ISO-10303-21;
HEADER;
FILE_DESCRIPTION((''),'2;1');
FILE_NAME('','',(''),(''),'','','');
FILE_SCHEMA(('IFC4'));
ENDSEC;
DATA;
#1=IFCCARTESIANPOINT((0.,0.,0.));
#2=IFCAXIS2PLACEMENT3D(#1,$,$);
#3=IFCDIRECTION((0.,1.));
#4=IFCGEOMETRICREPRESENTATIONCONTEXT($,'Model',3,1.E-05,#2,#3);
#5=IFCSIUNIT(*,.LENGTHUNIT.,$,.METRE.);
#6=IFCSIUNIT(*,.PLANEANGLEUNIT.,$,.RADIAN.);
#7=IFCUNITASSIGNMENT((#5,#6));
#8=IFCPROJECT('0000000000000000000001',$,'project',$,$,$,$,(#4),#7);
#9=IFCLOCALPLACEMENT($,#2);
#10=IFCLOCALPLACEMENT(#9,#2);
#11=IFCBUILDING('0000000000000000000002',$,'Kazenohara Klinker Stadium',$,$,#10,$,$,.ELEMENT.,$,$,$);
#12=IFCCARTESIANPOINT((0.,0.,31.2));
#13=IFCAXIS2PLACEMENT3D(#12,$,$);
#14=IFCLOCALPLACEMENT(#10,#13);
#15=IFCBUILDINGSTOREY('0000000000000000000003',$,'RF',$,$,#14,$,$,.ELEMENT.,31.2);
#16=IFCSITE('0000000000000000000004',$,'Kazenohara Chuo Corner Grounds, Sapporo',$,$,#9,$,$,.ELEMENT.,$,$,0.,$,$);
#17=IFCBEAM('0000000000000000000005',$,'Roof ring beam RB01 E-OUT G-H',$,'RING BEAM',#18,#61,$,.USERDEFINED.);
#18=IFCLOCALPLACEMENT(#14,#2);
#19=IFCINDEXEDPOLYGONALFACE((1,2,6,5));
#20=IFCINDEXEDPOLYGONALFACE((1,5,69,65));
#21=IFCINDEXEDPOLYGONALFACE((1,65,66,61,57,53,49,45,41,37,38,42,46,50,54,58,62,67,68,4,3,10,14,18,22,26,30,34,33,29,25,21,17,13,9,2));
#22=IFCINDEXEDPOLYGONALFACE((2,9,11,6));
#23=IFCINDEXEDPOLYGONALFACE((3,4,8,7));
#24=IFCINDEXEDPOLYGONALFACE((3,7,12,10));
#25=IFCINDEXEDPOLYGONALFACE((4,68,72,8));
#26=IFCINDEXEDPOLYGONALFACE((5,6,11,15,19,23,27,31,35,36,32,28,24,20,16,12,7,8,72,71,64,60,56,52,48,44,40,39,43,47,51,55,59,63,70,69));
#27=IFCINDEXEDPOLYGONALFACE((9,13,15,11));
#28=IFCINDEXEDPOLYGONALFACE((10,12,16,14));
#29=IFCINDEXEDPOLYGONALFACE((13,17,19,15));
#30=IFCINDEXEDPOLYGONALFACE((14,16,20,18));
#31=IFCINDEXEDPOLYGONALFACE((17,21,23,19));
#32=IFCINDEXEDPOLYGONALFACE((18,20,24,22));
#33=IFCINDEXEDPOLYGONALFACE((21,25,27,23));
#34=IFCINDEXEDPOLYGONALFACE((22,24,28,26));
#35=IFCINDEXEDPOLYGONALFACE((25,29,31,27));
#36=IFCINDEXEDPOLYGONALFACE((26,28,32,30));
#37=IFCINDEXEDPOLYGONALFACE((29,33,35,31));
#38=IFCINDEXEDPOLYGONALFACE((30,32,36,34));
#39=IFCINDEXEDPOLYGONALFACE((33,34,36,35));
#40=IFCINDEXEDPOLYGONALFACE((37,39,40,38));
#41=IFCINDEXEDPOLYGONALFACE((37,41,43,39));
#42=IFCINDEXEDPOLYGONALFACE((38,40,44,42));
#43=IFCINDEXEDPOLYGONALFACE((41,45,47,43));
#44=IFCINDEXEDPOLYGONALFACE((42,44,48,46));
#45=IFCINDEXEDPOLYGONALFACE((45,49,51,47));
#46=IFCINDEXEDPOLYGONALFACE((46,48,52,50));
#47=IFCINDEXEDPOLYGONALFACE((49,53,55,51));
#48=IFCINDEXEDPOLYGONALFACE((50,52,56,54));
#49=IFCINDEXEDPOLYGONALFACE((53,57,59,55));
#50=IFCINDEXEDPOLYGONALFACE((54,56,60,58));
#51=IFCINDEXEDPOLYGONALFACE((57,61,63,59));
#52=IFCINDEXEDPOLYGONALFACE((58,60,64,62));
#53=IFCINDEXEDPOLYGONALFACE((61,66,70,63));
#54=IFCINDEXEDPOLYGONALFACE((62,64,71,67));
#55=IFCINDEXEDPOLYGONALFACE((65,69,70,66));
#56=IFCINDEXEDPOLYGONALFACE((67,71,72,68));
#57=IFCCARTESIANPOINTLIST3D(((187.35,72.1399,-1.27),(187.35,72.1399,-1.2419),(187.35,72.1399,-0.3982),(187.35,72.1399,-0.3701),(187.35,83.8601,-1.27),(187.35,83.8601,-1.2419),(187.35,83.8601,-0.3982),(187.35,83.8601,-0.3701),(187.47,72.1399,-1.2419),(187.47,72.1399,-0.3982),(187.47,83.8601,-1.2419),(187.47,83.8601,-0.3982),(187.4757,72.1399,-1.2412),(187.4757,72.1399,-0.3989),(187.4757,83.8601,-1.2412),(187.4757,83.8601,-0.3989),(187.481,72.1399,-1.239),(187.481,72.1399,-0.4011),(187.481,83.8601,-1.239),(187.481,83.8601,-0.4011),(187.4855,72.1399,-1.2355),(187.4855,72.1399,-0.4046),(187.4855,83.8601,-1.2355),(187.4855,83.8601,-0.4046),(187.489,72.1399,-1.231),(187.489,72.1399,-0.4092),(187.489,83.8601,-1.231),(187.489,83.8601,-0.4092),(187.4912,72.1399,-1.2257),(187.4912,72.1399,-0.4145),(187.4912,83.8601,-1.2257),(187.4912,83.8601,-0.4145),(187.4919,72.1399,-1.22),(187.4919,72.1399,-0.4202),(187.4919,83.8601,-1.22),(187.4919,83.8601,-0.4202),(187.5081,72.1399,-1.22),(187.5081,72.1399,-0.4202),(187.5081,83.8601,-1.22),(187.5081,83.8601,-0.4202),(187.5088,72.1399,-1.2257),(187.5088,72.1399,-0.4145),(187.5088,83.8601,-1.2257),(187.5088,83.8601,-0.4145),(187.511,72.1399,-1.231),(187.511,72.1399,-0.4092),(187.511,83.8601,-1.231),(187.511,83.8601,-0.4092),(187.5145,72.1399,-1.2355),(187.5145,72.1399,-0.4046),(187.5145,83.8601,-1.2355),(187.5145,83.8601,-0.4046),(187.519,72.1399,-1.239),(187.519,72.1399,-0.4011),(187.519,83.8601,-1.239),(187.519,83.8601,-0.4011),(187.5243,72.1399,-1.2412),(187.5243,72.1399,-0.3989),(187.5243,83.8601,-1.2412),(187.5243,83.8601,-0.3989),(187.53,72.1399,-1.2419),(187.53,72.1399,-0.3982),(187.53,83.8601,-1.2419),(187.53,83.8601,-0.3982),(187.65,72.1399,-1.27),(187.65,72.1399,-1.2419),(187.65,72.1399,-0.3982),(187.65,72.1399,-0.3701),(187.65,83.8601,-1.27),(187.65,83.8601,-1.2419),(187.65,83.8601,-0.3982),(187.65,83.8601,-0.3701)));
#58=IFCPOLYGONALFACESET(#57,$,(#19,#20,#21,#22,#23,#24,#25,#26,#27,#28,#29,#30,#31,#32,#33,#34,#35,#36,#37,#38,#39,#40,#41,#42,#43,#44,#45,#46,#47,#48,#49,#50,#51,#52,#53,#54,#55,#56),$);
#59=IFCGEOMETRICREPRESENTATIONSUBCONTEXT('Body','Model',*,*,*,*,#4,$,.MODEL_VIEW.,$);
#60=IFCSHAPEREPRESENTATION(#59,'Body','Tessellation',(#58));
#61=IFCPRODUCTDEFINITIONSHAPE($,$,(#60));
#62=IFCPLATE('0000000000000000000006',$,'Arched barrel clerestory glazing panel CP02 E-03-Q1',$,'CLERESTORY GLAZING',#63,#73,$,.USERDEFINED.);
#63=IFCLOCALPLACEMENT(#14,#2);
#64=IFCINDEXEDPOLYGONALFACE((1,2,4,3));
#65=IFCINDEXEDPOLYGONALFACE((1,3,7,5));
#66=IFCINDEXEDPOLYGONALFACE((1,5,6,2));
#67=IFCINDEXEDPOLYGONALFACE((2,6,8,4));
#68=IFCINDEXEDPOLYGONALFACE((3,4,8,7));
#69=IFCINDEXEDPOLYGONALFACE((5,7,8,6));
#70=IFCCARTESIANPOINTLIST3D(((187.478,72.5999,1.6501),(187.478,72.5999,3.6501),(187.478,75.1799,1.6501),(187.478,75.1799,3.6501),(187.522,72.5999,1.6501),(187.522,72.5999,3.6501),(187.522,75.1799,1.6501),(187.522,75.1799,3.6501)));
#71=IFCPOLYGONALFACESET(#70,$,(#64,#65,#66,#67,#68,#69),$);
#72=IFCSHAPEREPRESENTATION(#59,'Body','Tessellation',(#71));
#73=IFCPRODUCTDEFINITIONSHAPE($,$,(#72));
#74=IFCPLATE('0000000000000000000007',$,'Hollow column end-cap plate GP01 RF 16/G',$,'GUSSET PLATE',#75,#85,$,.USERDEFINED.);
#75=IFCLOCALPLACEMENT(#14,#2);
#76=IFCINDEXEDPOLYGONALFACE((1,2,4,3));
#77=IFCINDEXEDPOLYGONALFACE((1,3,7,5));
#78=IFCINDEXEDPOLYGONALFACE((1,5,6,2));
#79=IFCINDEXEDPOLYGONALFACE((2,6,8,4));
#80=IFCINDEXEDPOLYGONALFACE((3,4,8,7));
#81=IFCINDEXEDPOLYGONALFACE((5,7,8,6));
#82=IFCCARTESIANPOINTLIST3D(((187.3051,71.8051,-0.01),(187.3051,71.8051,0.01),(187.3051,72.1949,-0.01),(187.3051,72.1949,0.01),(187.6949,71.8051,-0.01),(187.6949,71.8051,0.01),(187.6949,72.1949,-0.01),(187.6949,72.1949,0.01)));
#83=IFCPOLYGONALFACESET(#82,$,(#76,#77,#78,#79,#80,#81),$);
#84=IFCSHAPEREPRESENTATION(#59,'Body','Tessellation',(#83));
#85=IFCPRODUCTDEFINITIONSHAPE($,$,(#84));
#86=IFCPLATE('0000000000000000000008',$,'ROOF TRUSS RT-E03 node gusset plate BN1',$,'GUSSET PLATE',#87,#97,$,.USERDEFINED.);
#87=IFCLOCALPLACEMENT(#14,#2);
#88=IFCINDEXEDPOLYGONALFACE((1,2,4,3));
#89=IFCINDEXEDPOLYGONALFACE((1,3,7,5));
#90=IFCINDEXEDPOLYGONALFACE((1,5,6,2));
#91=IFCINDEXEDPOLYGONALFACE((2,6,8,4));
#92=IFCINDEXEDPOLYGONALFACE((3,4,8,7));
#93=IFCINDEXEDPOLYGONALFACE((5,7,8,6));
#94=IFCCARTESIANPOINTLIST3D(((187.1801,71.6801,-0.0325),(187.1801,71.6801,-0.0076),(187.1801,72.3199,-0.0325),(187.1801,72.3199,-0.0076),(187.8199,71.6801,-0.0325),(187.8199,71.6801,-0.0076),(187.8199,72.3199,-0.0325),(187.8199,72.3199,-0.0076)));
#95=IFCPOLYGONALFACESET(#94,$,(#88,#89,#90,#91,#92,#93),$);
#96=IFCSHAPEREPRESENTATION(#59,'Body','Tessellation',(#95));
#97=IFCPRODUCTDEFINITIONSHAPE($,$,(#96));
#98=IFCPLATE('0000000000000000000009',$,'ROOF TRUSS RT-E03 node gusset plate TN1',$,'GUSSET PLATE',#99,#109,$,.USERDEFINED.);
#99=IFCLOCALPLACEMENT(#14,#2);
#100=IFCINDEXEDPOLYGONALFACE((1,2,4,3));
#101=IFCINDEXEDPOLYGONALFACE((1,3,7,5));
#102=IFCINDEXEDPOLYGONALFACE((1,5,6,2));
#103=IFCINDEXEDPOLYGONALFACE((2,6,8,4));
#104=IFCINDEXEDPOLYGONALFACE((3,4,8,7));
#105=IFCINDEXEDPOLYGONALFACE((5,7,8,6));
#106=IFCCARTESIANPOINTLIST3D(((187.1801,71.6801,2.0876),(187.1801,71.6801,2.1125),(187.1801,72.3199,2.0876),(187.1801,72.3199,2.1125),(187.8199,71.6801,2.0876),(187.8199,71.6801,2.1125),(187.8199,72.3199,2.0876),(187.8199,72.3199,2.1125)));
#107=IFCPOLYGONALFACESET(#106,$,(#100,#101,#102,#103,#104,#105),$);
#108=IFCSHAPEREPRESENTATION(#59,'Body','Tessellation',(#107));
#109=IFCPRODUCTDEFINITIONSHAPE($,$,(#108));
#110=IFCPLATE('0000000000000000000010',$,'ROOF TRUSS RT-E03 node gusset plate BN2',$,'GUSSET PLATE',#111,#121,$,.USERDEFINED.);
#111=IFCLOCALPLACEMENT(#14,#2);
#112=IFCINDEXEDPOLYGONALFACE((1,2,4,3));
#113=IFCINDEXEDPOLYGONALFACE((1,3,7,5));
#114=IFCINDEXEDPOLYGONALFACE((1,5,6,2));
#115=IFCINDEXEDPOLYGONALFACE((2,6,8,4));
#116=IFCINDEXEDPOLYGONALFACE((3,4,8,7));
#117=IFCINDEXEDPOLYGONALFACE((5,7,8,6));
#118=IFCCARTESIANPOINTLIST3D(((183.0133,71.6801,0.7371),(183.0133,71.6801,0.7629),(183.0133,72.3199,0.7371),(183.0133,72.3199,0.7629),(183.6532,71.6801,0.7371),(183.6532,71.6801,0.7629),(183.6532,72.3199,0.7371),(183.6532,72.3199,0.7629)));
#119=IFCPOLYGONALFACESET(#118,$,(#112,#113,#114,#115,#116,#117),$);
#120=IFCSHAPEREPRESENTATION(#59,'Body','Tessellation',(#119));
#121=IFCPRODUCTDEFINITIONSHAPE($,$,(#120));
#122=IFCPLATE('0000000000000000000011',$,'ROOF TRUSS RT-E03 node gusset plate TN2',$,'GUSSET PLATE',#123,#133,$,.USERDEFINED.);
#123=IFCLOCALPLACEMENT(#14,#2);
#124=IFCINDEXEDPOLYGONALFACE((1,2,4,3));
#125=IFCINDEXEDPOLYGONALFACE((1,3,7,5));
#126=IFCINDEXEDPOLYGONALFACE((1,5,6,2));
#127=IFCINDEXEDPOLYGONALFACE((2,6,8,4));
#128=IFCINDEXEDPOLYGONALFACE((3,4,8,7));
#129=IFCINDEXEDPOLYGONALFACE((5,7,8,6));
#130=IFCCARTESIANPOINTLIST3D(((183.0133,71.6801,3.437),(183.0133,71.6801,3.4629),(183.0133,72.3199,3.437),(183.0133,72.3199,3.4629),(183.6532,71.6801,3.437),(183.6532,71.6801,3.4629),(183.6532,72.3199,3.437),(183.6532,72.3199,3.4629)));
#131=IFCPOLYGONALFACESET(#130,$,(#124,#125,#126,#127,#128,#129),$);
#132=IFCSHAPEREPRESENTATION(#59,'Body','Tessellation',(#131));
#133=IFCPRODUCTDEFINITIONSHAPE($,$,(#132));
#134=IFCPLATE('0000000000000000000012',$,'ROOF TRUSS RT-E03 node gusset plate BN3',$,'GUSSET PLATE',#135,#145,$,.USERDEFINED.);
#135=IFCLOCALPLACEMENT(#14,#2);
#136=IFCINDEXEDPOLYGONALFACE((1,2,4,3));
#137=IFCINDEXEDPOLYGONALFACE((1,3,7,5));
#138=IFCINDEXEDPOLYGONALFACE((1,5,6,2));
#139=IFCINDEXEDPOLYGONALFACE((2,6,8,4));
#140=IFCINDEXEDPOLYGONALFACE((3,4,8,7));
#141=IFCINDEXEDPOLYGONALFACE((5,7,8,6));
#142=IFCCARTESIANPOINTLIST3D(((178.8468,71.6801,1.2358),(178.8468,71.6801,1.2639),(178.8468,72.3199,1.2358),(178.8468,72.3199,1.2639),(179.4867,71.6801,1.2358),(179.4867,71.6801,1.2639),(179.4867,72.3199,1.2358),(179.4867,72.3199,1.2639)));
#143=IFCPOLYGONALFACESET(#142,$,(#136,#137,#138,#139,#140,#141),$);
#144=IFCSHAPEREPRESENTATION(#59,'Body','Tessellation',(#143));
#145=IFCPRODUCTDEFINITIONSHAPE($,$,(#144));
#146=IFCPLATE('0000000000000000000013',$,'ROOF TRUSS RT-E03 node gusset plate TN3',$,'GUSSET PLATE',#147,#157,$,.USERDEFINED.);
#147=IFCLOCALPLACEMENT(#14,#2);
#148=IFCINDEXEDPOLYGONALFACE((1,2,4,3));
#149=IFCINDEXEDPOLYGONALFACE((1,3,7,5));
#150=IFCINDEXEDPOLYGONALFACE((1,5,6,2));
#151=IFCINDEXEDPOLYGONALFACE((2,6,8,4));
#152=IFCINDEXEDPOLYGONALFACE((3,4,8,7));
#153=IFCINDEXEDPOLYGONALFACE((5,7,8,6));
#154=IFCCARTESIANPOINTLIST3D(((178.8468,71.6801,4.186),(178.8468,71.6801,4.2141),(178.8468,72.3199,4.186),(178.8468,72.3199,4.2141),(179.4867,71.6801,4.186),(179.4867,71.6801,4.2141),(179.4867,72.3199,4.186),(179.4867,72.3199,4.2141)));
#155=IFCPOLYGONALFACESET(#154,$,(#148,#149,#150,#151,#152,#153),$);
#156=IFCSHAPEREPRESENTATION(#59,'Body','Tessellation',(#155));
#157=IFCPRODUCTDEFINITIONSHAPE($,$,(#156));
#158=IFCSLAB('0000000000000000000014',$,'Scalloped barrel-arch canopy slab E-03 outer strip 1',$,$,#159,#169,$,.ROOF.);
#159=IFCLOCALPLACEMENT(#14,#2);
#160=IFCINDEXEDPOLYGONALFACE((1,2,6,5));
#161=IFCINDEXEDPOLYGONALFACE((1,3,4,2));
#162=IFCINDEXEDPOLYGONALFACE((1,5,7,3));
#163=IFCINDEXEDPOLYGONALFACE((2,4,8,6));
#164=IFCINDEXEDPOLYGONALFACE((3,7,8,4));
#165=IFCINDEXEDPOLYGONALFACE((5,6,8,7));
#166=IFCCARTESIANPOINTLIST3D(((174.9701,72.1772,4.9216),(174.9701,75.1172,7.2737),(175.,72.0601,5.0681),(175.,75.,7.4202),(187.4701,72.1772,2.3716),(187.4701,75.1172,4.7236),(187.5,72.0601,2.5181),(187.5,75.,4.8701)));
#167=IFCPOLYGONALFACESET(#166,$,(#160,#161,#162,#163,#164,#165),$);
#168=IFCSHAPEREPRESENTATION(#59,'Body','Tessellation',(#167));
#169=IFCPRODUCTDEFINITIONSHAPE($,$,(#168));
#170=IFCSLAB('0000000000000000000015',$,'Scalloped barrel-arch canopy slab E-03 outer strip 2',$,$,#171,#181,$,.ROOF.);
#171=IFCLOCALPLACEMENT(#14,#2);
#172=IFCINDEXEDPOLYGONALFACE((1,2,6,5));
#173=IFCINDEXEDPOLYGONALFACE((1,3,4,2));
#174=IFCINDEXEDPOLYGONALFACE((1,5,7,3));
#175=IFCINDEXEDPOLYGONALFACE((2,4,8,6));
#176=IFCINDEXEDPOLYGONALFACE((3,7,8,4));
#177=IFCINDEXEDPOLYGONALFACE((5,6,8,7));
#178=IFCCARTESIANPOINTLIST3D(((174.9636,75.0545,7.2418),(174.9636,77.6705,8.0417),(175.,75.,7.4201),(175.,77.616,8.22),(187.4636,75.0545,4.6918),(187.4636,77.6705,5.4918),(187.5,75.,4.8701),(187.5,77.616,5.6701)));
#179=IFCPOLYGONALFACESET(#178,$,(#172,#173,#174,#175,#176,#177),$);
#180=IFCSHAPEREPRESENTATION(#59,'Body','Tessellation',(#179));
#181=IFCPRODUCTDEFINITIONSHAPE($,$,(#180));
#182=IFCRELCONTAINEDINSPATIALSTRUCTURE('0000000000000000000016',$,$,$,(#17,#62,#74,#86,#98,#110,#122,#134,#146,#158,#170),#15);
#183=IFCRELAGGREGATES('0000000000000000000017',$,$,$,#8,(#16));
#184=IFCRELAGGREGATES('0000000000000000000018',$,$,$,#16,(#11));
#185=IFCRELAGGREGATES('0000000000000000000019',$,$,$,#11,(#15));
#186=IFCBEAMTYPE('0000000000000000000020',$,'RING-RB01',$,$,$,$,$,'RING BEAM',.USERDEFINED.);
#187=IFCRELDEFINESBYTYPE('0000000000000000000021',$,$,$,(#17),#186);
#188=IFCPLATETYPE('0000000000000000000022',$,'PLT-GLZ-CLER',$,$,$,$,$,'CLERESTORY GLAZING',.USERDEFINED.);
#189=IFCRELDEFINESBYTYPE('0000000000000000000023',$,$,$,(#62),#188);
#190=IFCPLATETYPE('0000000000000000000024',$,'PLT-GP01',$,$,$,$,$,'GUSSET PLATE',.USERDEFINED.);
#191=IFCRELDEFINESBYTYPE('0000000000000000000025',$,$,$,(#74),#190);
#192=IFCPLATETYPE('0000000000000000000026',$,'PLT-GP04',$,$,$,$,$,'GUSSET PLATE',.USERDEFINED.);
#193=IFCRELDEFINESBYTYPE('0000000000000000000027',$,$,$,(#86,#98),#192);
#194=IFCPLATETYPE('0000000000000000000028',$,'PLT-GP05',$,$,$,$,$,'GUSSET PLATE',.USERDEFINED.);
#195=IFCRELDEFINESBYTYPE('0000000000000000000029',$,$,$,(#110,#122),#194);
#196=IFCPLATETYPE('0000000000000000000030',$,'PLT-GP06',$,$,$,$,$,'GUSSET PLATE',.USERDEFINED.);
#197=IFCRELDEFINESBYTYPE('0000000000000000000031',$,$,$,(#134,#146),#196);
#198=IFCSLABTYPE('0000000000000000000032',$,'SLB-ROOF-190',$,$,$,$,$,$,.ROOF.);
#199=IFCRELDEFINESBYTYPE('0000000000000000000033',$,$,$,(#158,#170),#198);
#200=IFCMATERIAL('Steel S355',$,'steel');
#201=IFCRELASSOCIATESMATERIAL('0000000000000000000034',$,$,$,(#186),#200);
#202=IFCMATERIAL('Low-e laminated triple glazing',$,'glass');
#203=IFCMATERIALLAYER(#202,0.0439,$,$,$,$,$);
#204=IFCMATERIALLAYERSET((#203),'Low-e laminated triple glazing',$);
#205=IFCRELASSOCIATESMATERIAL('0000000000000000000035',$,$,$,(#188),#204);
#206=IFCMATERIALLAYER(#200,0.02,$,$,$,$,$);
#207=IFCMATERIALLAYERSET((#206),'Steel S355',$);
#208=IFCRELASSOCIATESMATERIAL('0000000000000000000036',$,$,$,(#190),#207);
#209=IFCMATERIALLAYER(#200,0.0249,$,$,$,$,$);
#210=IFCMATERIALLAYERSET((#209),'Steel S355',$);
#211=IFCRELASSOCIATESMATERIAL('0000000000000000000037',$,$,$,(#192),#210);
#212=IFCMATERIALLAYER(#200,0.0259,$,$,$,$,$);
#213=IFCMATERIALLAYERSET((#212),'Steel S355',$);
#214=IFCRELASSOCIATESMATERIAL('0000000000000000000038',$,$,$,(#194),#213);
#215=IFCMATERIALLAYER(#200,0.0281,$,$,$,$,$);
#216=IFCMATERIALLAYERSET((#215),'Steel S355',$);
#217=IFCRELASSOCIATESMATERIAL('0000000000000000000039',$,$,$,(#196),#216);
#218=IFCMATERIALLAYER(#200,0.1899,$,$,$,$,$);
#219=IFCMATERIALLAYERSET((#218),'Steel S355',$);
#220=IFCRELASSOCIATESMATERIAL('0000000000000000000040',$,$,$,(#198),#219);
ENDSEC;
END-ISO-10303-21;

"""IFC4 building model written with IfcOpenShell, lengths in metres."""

from ifc_helpers import new_model, si_unit, direction, frame, origin, origin_2d, place, context, subcontext, project, spatial, polyline, rectangle, i_section, outline, extrude, material, layer, layer_set, material_profile, profile_set, type_object, element, save


model = new_model("IFC4")

# Units and contexts
model_context = context("Model", 3, precision=1e-05, world=origin(), true_north=direction((0.0, 1.0)))
body_context = subcontext(model_context, "Body", "Model", "MODEL_VIEW")
ifc_project = project(units=[si_unit("LENGTHUNIT", "METRE"), si_unit("PLANEANGLEUNIT", "RADIAN")], contexts=[model_context])

# Site, building, storey
site_placement = place(None, origin())
site = spatial("IfcSite", under=ifc_project, at=site_placement, Name="Kazenohara Chuo Corner Grounds, Sapporo", CompositionType="ELEMENT", RefElevation=0.0)
building_placement = place(site_placement, origin())
building = spatial("IfcBuilding", under=site, at=building_placement, Name="Kazenohara Klinker Stadium", CompositionType="ELEMENT")
storey_placement = place(building_placement, frame((0.0, 0.0, 31.2)))
storey = spatial("IfcBuildingStorey", under=building, at=storey_placement, Name="RF", CompositionType="ELEMENT", Elevation=31.2)

# Shared definitions
ifc_material_1 = material(Name="Steel S355", Category="steel")

# Beam
ifc_material_profile_1 = material_profile(ifc_material_1, i_section(OverallWidth=0.3, OverallDepth=0.8999, WebThickness=0.0161, FlangeThickness=0.0281, FilletRadius=0.022, at=origin_2d()), Name="H-900x300x16x28")
ifc_profile_set_1 = profile_set([ifc_material_profile_1], Name="Steel S355")
beam_type = type_object("IfcBeamType", Name="RING-RB01", ElementType="RING BEAM", PredefinedType="USERDEFINED", material=ifc_profile_set_1)
beam_placement = place(storey_placement, frame((187.5, 72.1399, -0.8201), z_axis=(0.0, 1.0, 0.0), x_axis=(-1.0, 0.0, 0.0)))
element("IfcBeam", 1, at=beam_placement, inside=storey, type_object=beam_type, Name="Roof ring beam RB01 E-OUT G-H", ObjectType="RING BEAM", PredefinedType="USERDEFINED", context=body_context, shape_type="SweptSolid", body=[
    extrude(i_section(OverallWidth=0.3, OverallDepth=0.8999, WebThickness=0.0161, FlangeThickness=0.0281, FilletRadius=0.022, at=origin_2d()), origin(), (0.0, 0.0, 1.0), 11.7202),
])

# Plates
ifc_material_2 = material(Name="Low-e laminated triple glazing", Category="glass")
ifc_layer_1 = layer(ifc_material_2, 0.0439)
ifc_layer_set_1 = layer_set([ifc_layer_1], Name="Low-e laminated triple glazing")
plate_type_1 = type_object("IfcPlateType", Name="PLT-GLZ-CLER", ElementType="CLERESTORY GLAZING", PredefinedType="USERDEFINED", material=ifc_layer_set_1)
plate_1_placement = place(storey_placement, frame((187.5, 73.8899, 1.6501), z_axis=(0.0, 0.0, 1.0), x_axis=(1.0, 0.0, 0.0)))
element("IfcPlate", 2, at=plate_1_placement, inside=storey, type_object=plate_type_1, Name="Arched barrel clerestory glazing panel CP02 E-03-Q1", ObjectType="CLERESTORY GLAZING", PredefinedType="USERDEFINED", context=body_context, shape_type="SweptSolid", body=[
    extrude(rectangle(XDim=0.0439, YDim=2.5801, at=origin_2d()), origin(), (0.0, 0.0, 1.0), 2.0),
])
ifc_layer_2 = layer(ifc_material_1, 0.02)
ifc_layer_set_2 = layer_set([ifc_layer_2], Name="Steel S355")
plate_type_2 = type_object("IfcPlateType", Name="PLT-GP01", ElementType="GUSSET PLATE", PredefinedType="USERDEFINED", material=ifc_layer_set_2)
plate_2_placement = place(storey_placement, frame((187.5, 72.0, -0.01), z_axis=(0.0, 0.0, 1.0), x_axis=(1.0, 0.0, 0.0)))
element("IfcPlate", 3, at=plate_2_placement, inside=storey, type_object=plate_type_2, Name="Hollow column end-cap plate GP01 RF 16/G", ObjectType="GUSSET PLATE", PredefinedType="USERDEFINED", context=body_context, shape_type="SweptSolid", body=[
    extrude(rectangle(XDim=0.3899, YDim=0.3899, at=origin_2d()), origin(), (0.0, 0.0, 1.0), 0.02),
])
ifc_layer_3 = layer(ifc_material_1, 0.0249)
ifc_layer_set_3 = layer_set([ifc_layer_3], Name="Steel S355")
plate_type_3 = type_object("IfcPlateType", Name="PLT-GP04", ElementType="GUSSET PLATE", PredefinedType="USERDEFINED", material=ifc_layer_set_3)
for number, where, z_axis, x_axis, name in (
    (4, (187.5, 72.0, -0.0325), (0.0, 0.0, 1.0), (1.0, 0.0, 0.0), "ROOF TRUSS RT-E03 node gusset plate BN1"),
    (5, (187.5, 72.0, 2.0876), (0.0, 0.0, 1.0), (1.0, 0.0, 0.0), "ROOF TRUSS RT-E03 node gusset plate TN1"),
):
    element("IfcPlate", number, at=place(storey_placement, frame(where, z_axis=z_axis, x_axis=x_axis)), inside=storey, type_object=plate_type_3, Name=name, ObjectType="GUSSET PLATE", PredefinedType="USERDEFINED", context=body_context, shape_type="SweptSolid", body=[
        extrude(rectangle(XDim=0.6399, YDim=0.6399, at=origin_2d()), origin(), (0.0, 0.0, 1.0), 0.0249),
    ])
ifc_layer_4 = layer(ifc_material_1, 0.0259)
ifc_layer_set_4 = layer_set([ifc_layer_4], Name="Steel S355")
plate_type_4 = type_object("IfcPlateType", Name="PLT-GP05", ElementType="GUSSET PLATE", PredefinedType="USERDEFINED", material=ifc_layer_set_4)
for number, where, z_axis, x_axis, name in (
    (6, (183.3333, 72.0, 0.7371), (0.0, 0.0, 1.0), (1.0, 0.0, 0.0), "ROOF TRUSS RT-E03 node gusset plate BN2"),
    (7, (183.3333, 72.0, 3.437), (0.0, 0.0, 1.0), (1.0, 0.0, 0.0), "ROOF TRUSS RT-E03 node gusset plate TN2"),
):
    element("IfcPlate", number, at=place(storey_placement, frame(where, z_axis=z_axis, x_axis=x_axis)), inside=storey, type_object=plate_type_4, Name=name, ObjectType="GUSSET PLATE", PredefinedType="USERDEFINED", context=body_context, shape_type="SweptSolid", body=[
        extrude(rectangle(XDim=0.6399, YDim=0.6399, at=origin_2d()), origin(), (0.0, 0.0, 1.0), 0.0259),
    ])
ifc_layer_5 = layer(ifc_material_1, 0.0281)
ifc_layer_set_5 = layer_set([ifc_layer_5], Name="Steel S355")
plate_type_5 = type_object("IfcPlateType", Name="PLT-GP06", ElementType="GUSSET PLATE", PredefinedType="USERDEFINED", material=ifc_layer_set_5)
for number, where, z_axis, x_axis, name in (
    (8, (179.1667, 72.0, 1.2358), (0.0, 0.0, 1.0), (1.0, 0.0, 0.0), "ROOF TRUSS RT-E03 node gusset plate BN3"),
    (9, (179.1667, 72.0, 4.186), (0.0, 0.0, 1.0), (1.0, 0.0, 0.0), "ROOF TRUSS RT-E03 node gusset plate TN3"),
):
    element("IfcPlate", number, at=place(storey_placement, frame(where, z_axis=z_axis, x_axis=x_axis)), inside=storey, type_object=plate_type_5, Name=name, ObjectType="GUSSET PLATE", PredefinedType="USERDEFINED", context=body_context, shape_type="SweptSolid", body=[
        extrude(rectangle(XDim=0.6399, YDim=0.6399, at=origin_2d()), origin(), (0.0, 0.0, 1.0), 0.0281),
    ])

# Slabs
ifc_layer_6 = layer(ifc_material_1, 0.1899)
ifc_layer_set_6 = layer_set([ifc_layer_6], Name="Steel S355")
slab_type = type_object("IfcSlabType", Name="SLB-ROOF-190", PredefinedType="ROOF", material=ifc_layer_set_6)
slab_1_placement = place(storey_placement, frame((187.5, 72.0601, 2.5181), z_axis=(0.157314, -0.616932, 0.771133), x_axis=(-0.979819, 0.0, 0.199887)))
element("IfcSlab", 10, at=slab_1_placement, inside=storey, type_object=slab_type, Name="Scalloped barrel-arch canopy slab E-03 outer strip 1", PredefinedType="ROOF", context=body_context, shape_type="SweptSolid", body=[
    extrude(outline(polyline([(0.0, 0.0), (12.7575, 0.0), (13.2276, -3.7356), (0.4701, -3.7356), (0.0, 0.0)])), origin(), (0.0, 0.0, -1.0), 0.1899),
])
slab_2_placement = place(storey_placement, frame((187.5, 75.0, 4.8701), z_axis=(0.191468, -0.28701, 0.938597), x_axis=(-0.979821, 0.000003, 0.199878)))
element("IfcSlab", 11, at=slab_2_placement, inside=storey, type_object=slab_type, Name="Scalloped barrel-arch canopy slab E-03 outer strip 2", PredefinedType="ROOF", context=body_context, shape_type="SweptSolid", body=[
    extrude(outline(polyline([(0.0, 0.0), (12.7575, 0.0), (12.9173, -2.7308), (0.1599, -2.7309), (0.0, 0.0)])), origin(), (0.0, 0.0, -1.0), 0.1899),
])

save(model, "model.ifc")
